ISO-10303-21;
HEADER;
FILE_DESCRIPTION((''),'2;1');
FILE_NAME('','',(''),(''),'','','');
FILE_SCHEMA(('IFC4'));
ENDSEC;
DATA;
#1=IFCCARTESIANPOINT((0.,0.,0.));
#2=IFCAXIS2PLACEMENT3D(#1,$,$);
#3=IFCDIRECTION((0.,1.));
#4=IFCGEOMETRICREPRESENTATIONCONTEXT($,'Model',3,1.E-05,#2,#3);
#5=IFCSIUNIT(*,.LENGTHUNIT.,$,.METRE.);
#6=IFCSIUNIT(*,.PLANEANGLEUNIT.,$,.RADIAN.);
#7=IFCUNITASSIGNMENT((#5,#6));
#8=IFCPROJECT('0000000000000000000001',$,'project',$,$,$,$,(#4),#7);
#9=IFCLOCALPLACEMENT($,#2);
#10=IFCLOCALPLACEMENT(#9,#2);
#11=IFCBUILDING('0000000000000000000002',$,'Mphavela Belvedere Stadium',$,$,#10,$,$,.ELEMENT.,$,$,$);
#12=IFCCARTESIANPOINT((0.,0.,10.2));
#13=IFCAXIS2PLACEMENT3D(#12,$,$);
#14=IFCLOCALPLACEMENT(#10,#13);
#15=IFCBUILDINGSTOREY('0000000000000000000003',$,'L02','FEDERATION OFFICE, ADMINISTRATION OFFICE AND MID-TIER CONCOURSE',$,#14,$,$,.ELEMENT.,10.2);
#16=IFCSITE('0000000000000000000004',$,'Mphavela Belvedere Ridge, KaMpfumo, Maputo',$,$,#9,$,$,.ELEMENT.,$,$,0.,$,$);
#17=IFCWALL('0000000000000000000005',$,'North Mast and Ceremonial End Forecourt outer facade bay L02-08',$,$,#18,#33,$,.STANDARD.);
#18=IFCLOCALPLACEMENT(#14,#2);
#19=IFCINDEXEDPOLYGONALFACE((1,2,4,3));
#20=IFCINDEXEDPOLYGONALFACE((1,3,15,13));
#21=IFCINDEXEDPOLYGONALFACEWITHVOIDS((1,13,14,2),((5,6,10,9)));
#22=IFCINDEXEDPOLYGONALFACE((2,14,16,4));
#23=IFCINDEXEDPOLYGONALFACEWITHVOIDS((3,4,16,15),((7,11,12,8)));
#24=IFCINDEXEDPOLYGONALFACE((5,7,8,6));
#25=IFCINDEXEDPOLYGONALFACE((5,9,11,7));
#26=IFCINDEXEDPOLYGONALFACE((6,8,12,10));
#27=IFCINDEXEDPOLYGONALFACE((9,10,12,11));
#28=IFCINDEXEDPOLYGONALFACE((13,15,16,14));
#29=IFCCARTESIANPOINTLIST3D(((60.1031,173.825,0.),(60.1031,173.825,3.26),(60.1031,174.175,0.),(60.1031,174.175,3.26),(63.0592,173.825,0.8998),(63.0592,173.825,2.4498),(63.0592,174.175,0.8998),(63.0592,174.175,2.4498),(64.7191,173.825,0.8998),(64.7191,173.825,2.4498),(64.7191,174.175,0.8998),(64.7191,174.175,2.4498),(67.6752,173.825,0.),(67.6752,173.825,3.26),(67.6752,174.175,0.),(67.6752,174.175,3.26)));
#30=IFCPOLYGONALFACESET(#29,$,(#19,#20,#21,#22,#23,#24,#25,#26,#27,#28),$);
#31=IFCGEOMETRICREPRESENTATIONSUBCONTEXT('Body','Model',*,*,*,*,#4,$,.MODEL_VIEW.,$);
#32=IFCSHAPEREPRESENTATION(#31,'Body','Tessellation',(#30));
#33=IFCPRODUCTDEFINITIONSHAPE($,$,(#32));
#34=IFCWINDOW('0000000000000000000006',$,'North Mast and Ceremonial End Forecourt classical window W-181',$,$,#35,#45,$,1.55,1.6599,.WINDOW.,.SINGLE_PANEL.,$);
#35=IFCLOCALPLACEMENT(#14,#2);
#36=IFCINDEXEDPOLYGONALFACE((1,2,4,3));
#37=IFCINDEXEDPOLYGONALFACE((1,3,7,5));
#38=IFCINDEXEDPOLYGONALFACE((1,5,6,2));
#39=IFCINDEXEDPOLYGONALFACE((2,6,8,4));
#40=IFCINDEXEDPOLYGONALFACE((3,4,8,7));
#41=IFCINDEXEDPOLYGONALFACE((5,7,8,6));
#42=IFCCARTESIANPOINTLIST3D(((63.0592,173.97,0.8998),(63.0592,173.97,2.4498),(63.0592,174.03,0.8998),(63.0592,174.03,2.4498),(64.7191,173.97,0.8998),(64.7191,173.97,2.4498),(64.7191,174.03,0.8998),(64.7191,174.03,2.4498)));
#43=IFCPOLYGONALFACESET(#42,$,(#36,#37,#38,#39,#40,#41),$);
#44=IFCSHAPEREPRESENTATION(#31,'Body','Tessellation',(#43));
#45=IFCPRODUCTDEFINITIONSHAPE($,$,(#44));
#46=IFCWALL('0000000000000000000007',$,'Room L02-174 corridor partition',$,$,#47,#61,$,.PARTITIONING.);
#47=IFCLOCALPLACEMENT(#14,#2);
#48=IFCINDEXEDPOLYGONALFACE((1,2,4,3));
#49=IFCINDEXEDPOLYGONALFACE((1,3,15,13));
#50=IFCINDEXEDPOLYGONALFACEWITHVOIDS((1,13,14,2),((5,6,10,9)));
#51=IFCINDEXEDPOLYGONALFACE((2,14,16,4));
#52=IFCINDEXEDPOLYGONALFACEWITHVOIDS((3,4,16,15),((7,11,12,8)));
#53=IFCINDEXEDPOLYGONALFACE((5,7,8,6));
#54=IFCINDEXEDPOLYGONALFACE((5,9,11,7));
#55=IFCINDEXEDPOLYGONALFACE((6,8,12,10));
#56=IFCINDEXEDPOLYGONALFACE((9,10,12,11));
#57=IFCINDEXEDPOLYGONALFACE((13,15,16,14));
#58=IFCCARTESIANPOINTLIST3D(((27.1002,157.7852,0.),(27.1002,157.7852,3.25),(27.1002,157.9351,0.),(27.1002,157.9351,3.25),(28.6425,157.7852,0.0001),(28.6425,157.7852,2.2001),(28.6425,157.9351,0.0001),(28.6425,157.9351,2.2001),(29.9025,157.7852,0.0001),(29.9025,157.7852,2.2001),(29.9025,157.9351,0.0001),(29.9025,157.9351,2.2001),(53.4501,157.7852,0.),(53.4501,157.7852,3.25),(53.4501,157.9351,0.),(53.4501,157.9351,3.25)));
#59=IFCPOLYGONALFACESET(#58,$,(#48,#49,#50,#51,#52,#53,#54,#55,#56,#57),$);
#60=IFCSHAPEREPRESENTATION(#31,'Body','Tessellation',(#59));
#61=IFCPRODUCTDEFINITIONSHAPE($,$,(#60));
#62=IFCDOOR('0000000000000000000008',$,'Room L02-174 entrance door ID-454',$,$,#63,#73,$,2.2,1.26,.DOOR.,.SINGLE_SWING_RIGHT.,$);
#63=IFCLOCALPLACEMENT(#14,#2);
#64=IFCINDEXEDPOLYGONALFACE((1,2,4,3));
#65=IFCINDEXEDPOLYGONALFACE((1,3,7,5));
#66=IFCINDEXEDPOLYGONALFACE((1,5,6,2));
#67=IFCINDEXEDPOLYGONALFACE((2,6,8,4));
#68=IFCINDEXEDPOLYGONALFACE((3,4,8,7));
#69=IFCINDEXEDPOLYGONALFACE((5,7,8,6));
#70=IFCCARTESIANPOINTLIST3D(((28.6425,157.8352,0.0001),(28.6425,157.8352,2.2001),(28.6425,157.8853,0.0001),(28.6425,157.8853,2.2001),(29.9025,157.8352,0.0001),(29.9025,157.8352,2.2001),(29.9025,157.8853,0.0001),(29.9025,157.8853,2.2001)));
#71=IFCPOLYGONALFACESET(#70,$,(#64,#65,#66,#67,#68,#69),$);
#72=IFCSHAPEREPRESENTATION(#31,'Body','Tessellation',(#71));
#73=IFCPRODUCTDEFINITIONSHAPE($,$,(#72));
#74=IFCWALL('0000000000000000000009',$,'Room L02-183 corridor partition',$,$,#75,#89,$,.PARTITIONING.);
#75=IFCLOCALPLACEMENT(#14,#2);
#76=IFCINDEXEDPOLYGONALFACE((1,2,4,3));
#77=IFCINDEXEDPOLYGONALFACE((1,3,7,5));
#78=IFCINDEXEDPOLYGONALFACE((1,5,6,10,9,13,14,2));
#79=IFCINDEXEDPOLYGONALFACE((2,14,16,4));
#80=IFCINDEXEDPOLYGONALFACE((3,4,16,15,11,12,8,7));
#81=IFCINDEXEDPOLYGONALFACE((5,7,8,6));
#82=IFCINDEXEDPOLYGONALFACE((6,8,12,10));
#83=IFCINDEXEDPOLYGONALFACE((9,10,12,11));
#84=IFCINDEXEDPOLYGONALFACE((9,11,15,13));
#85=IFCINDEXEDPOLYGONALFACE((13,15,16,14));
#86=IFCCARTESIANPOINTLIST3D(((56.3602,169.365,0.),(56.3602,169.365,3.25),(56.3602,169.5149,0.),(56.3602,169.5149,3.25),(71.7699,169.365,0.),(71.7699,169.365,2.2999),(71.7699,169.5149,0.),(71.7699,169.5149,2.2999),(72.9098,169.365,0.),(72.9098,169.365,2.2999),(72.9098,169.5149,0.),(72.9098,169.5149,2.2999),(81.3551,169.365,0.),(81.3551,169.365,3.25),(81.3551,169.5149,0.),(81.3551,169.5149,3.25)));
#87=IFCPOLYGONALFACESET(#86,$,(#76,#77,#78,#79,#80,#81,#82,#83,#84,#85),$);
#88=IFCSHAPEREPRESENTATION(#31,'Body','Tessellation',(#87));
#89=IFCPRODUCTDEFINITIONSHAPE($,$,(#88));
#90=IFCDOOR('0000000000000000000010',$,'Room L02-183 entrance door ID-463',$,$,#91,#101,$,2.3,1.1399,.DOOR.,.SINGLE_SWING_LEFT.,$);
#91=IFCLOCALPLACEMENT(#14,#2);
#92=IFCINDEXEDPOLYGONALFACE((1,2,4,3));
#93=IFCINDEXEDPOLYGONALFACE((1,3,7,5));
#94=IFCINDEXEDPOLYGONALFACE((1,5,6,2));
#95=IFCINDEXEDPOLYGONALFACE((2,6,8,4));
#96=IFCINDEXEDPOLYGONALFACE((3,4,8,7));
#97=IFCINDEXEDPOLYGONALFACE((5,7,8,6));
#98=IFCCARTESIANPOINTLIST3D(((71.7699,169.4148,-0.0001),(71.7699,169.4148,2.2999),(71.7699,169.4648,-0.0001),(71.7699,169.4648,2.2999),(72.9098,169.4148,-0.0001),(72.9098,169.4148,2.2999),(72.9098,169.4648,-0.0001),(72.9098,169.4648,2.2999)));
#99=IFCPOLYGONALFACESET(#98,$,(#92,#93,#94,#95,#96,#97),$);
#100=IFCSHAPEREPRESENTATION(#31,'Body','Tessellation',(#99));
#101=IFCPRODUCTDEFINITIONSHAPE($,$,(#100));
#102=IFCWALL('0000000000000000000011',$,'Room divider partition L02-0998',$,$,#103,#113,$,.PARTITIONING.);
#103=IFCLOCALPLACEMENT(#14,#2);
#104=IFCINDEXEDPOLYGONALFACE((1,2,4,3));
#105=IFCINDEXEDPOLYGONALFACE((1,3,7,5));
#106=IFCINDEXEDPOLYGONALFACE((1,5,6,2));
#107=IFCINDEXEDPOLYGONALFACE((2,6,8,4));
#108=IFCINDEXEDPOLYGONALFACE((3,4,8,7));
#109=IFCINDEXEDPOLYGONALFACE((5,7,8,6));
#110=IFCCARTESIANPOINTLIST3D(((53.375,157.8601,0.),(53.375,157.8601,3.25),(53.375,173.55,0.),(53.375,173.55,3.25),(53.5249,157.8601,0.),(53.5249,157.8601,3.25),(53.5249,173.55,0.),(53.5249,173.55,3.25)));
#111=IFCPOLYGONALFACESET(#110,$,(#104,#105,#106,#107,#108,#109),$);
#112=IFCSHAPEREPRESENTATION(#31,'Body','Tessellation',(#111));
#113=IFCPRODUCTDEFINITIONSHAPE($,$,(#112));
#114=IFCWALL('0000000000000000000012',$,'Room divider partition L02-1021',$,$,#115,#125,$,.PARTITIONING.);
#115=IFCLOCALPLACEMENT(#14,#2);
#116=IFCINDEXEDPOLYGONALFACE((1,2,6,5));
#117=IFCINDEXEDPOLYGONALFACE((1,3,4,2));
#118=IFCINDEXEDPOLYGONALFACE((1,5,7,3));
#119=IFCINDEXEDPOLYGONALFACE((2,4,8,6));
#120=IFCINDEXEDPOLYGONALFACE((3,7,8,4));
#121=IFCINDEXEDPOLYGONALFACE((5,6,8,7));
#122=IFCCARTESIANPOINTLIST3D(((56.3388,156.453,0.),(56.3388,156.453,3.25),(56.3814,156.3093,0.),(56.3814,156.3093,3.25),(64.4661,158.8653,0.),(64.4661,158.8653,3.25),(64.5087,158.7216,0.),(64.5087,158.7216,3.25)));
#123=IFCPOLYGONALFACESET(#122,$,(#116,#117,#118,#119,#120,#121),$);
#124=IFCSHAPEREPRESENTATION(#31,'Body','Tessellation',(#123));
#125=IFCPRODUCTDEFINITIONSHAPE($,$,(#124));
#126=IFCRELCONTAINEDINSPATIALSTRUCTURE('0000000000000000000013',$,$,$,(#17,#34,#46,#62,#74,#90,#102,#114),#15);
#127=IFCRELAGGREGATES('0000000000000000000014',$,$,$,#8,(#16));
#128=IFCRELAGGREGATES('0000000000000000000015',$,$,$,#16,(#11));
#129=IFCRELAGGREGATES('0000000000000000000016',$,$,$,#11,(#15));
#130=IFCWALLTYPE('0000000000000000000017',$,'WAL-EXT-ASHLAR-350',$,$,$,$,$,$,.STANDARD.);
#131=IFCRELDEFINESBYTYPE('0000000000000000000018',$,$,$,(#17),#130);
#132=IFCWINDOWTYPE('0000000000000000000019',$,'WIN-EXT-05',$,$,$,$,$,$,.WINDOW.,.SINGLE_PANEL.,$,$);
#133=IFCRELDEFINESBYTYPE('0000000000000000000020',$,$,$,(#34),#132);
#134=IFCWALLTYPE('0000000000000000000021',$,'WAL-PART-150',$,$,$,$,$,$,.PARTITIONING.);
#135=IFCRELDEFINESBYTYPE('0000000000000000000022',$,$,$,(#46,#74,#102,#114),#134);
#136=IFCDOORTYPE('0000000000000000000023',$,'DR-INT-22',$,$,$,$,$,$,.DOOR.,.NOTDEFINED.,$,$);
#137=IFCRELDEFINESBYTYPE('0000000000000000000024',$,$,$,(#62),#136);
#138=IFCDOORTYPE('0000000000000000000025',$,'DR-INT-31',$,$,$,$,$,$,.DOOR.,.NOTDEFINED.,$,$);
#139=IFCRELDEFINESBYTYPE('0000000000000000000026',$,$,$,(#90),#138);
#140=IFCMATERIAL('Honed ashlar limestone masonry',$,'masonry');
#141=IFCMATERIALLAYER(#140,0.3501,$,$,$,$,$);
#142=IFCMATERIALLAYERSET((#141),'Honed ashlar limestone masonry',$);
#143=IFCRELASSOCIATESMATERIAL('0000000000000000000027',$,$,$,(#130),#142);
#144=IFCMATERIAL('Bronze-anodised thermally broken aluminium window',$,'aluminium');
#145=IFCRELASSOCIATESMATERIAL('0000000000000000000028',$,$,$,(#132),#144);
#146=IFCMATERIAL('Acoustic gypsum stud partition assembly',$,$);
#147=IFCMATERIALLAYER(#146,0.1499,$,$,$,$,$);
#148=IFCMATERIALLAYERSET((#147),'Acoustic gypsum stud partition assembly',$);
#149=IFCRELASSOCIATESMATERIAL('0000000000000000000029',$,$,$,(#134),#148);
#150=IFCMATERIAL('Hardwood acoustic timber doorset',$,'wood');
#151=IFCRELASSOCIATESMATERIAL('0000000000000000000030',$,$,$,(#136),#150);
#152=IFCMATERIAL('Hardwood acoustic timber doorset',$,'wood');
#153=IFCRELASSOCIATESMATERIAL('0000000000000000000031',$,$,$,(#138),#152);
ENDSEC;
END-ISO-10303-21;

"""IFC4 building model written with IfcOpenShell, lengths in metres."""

from ifc_helpers import new_model, si_unit, direction, frame, frame_2d, origin, place, context, subcontext, project, spatial, rectangle, extrude, material, layer, layer_set, type_object, element, fill, save


model = new_model("IFC4")

# Units and contexts
model_context = context("Model", 3, precision=1e-05, world=origin(), true_north=direction((0.0, 1.0)))
body_context = subcontext(model_context, "Body", "Model", "MODEL_VIEW")
ifc_project = project(units=[si_unit("LENGTHUNIT", "METRE"), si_unit("PLANEANGLEUNIT", "RADIAN")], contexts=[model_context])

# Site, building, storey
site_placement = place(None, origin())
site = spatial("IfcSite", under=ifc_project, at=site_placement, Name="Mphavela Belvedere Ridge, KaMpfumo, Maputo", CompositionType="ELEMENT", RefElevation=0.0)
building_placement = place(site_placement, origin())
building = spatial("IfcBuilding", under=site, at=building_placement, Name="Mphavela Belvedere Stadium", CompositionType="ELEMENT")
storey_placement = place(building_placement, frame((0.0, 0.0, 10.2)))
storey = spatial("IfcBuildingStorey", under=building, at=storey_placement, Name="L02", Description="FEDERATION OFFICE, ADMINISTRATION OFFICE AND MID-TIER CONCOURSE", CompositionType="ELEMENT", Elevation=10.2)

# Wall, opening, window
ifc_material_1 = material(Name="Honed ashlar limestone masonry", Category="masonry")
ifc_layer_1 = layer(ifc_material_1, 0.3501)
ifc_layer_set_1 = layer_set([ifc_layer_1], Name="Honed ashlar limestone masonry")
wall_type_1 = type_object("IfcWallType", Name="WAL-EXT-ASHLAR-350", PredefinedType="STANDARD", material=ifc_layer_set_1)
wall_1_placement = place(storey_placement, frame((60.103, 174.0, 0.0), z_axis=(0.0, 0.0, 1.0), x_axis=(1.0, 0.0, 0.0)))
wall_1 = element("IfcWall", 1, at=wall_1_placement, inside=storey, type_object=wall_type_1, Name="North Mast and Ceremonial End Forecourt outer facade bay L02-08", PredefinedType="STANDARD", context=body_context, shape_type="SweptSolid", body=[
    extrude(rectangle(XDim=7.572, YDim=0.3501, at=frame_2d((3.7861, 0.0))), origin(), (0.0, 0.0, 1.0), 3.26),
])
opening_1_placement = place(wall_1_placement, frame((2.9561, 0.0, 0.8999)))
opening_1 = element("IfcOpeningElement", 2, at=opening_1_placement, cuts=wall_1, PredefinedType="OPENING", context=body_context, shape_type="SweptSolid", body=[
    extrude(rectangle(XDim=1.6599, YDim=1.55, at=frame_2d((0.8301, 0.7749))), frame((0.0, 0.1851, 0.0), z_axis=(0.0, -1.0, 0.0), x_axis=(1.0, 0.0, 0.0)), (0.0, 0.0, 1.0), 0.3701),
])
ifc_material_2 = material(Name="Bronze-anodised thermally broken aluminium window", Category="aluminium")
window_type_1 = type_object("IfcWindowType", Name="WIN-EXT-05", PartitioningType="SINGLE_PANEL", PredefinedType="WINDOW", material=ifc_material_2)
window_1_placement = place(opening_1_placement, origin())
window_1 = element("IfcWindow", 3, at=window_1_placement, inside=storey, type_object=window_type_1, Name="North Mast and Ceremonial End Forecourt classical window W-181", OverallHeight=1.55, OverallWidth=1.6599, PartitioningType="SINGLE_PANEL", PredefinedType="WINDOW", context=body_context, shape_type="SweptSolid", body=[
    extrude(rectangle(XDim=1.6599, YDim=1.55, at=frame_2d((0.8301, 0.7749))), frame((0.0, 0.03, 0.0), z_axis=(0.0, -1.0, 0.0), x_axis=(1.0, 0.0, 0.0)), (0.0, 0.0, 1.0), 0.0601),
])
fill(opening_1, window_1)

# Walls, openings, doors
ifc_material_3 = material(Name="Acoustic gypsum stud partition assembly")
ifc_layer_2 = layer(ifc_material_3, 0.1499)
ifc_layer_set_2 = layer_set([ifc_layer_2], Name="Acoustic gypsum stud partition assembly")
wall_type_2 = type_object("IfcWallType", Name="WAL-PART-150", PredefinedType="PARTITIONING", material=ifc_layer_set_2)
wall_2_placement = place(storey_placement, frame((53.45, 157.8601, 0.0), z_axis=(0.0, 0.0, 1.0), x_axis=(-1.0, 0.0, 0.0)))
wall_2 = element("IfcWall", 4, at=wall_2_placement, inside=storey, type_object=wall_type_2, Name="Room L02-174 corridor partition", PredefinedType="PARTITIONING", context=body_context, shape_type="SweptSolid", body=[
    extrude(rectangle(XDim=26.3499, YDim=0.1499, at=frame_2d((13.1748, 0.0))), origin(), (0.0, 0.0, 1.0), 3.25),
])
opening_2_placement = place(wall_2_placement, frame((23.5476, 0.0, 0.0)))
opening_2 = element("IfcOpeningElement", 5, at=opening_2_placement, cuts=wall_2, PredefinedType="OPENING", context=body_context, shape_type="SweptSolid", body=[
    extrude(rectangle(XDim=1.26, YDim=2.2, at=frame_2d((0.6299, 1.1001))), frame((0.0, 0.085, 0.0), z_axis=(0.0, -1.0, 0.0), x_axis=(1.0, 0.0, 0.0)), (0.0, 0.0, 1.0), 0.1699),
])
ifc_material_4 = material(Name="Hardwood acoustic timber doorset", Category="wood")
door_type_1 = type_object("IfcDoorType", Name="DR-INT-22", OperationType="NOTDEFINED", PredefinedType="DOOR", material=ifc_material_4)
door_1_placement = place(opening_2_placement, origin())
door_1 = element("IfcDoor", 6, at=door_1_placement, inside=storey, type_object=door_type_1, Name="Room L02-174 entrance door ID-454", OperationType="SINGLE_SWING_RIGHT", OverallHeight=2.2, OverallWidth=1.26, PredefinedType="DOOR", context=body_context, shape_type="SweptSolid", body=[
    extrude(rectangle(XDim=1.26, YDim=2.2, at=frame_2d((0.6299, 1.1001))), frame((0.0, 0.0249, 0.0), z_axis=(0.0, -1.0, 0.0), x_axis=(1.0, 0.0, 0.0)), (0.0, 0.0, 1.0), 0.05),
])
fill(opening_2, door_1)
wall_3_placement = place(storey_placement, frame((56.3601, 169.4399, 0.0), z_axis=(0.0, 0.0, 1.0), x_axis=(1.0, 0.0, 0.0)))
wall_3 = element("IfcWall", 7, at=wall_3_placement, inside=storey, type_object=wall_type_2, Name="Room L02-183 corridor partition", PredefinedType="PARTITIONING", context=body_context, shape_type="SweptSolid", body=[
    extrude(rectangle(XDim=24.9949, YDim=0.1499, at=frame_2d((12.4976, 0.0))), origin(), (0.0, 0.0, 1.0), 3.25),
])
opening_3_placement = place(wall_3_placement, frame((15.4099, 0.0, 0.0)))
opening_3 = element("IfcOpeningElement", 8, at=opening_3_placement, cuts=wall_3, PredefinedType="OPENING", context=body_context, shape_type="SweptSolid", body=[
    extrude(rectangle(XDim=1.1399, YDim=2.3, at=frame_2d((0.5698, 1.1499))), frame((0.0, 0.085, 0.0), z_axis=(0.0, -1.0, 0.0), x_axis=(1.0, 0.0, 0.0)), (0.0, 0.0, 1.0), 0.1699),
])
ifc_material_5 = material(Name="Hardwood acoustic timber doorset", Category="wood")
door_type_2 = type_object("IfcDoorType", Name="DR-INT-31", OperationType="NOTDEFINED", PredefinedType="DOOR", material=ifc_material_5)
door_2_placement = place(opening_3_placement, origin())
door_2 = element("IfcDoor", 9, at=door_2_placement, inside=storey, type_object=door_type_2, Name="Room L02-183 entrance door ID-463", OperationType="SINGLE_SWING_LEFT", OverallHeight=2.3, OverallWidth=1.1399, PredefinedType="DOOR", context=body_context, shape_type="SweptSolid", body=[
    extrude(rectangle(XDim=1.1399, YDim=2.3, at=frame_2d((0.5698, 1.1499))), frame((0.0, 0.0249, 0.0), z_axis=(0.0, -1.0, 0.0), x_axis=(1.0, 0.0, 0.0)), (0.0, 0.0, 1.0), 0.05),
])
fill(opening_3, door_2)

# Walls
wall_4_placement = place(storey_placement, frame((53.45, 173.55, 0.0), z_axis=(0.0, 0.0, 1.0), x_axis=(0.0, -1.0, 0.0)))
element("IfcWall", 10, at=wall_4_placement, inside=storey, type_object=wall_type_2, Name="Room divider partition L02-0998", PredefinedType="PARTITIONING", context=body_context, shape_type="SweptSolid", body=[
    extrude(rectangle(XDim=15.6899, YDim=0.1499, at=frame_2d((7.845, 0.0))), origin(), (0.0, 0.0, 1.0), 3.25),
])
wall_5_placement = place(storey_placement, frame((64.4873, 158.7935, 0.0), z_axis=(0.0, 0.0, 1.0), x_axis=(-0.95866, -0.284554, 0.0)))
element("IfcWall", 11, at=wall_5_placement, inside=storey, type_object=wall_type_2, Name="Room divider partition L02-1021", PredefinedType="PARTITIONING", context=body_context, shape_type="SweptSolid", body=[
    extrude(rectangle(XDim=8.4778, YDim=0.1499, at=frame_2d((4.2388, 0.0))), origin(), (0.0, 0.0, 1.0), 3.25),
])

save(model, "model.ifc")
